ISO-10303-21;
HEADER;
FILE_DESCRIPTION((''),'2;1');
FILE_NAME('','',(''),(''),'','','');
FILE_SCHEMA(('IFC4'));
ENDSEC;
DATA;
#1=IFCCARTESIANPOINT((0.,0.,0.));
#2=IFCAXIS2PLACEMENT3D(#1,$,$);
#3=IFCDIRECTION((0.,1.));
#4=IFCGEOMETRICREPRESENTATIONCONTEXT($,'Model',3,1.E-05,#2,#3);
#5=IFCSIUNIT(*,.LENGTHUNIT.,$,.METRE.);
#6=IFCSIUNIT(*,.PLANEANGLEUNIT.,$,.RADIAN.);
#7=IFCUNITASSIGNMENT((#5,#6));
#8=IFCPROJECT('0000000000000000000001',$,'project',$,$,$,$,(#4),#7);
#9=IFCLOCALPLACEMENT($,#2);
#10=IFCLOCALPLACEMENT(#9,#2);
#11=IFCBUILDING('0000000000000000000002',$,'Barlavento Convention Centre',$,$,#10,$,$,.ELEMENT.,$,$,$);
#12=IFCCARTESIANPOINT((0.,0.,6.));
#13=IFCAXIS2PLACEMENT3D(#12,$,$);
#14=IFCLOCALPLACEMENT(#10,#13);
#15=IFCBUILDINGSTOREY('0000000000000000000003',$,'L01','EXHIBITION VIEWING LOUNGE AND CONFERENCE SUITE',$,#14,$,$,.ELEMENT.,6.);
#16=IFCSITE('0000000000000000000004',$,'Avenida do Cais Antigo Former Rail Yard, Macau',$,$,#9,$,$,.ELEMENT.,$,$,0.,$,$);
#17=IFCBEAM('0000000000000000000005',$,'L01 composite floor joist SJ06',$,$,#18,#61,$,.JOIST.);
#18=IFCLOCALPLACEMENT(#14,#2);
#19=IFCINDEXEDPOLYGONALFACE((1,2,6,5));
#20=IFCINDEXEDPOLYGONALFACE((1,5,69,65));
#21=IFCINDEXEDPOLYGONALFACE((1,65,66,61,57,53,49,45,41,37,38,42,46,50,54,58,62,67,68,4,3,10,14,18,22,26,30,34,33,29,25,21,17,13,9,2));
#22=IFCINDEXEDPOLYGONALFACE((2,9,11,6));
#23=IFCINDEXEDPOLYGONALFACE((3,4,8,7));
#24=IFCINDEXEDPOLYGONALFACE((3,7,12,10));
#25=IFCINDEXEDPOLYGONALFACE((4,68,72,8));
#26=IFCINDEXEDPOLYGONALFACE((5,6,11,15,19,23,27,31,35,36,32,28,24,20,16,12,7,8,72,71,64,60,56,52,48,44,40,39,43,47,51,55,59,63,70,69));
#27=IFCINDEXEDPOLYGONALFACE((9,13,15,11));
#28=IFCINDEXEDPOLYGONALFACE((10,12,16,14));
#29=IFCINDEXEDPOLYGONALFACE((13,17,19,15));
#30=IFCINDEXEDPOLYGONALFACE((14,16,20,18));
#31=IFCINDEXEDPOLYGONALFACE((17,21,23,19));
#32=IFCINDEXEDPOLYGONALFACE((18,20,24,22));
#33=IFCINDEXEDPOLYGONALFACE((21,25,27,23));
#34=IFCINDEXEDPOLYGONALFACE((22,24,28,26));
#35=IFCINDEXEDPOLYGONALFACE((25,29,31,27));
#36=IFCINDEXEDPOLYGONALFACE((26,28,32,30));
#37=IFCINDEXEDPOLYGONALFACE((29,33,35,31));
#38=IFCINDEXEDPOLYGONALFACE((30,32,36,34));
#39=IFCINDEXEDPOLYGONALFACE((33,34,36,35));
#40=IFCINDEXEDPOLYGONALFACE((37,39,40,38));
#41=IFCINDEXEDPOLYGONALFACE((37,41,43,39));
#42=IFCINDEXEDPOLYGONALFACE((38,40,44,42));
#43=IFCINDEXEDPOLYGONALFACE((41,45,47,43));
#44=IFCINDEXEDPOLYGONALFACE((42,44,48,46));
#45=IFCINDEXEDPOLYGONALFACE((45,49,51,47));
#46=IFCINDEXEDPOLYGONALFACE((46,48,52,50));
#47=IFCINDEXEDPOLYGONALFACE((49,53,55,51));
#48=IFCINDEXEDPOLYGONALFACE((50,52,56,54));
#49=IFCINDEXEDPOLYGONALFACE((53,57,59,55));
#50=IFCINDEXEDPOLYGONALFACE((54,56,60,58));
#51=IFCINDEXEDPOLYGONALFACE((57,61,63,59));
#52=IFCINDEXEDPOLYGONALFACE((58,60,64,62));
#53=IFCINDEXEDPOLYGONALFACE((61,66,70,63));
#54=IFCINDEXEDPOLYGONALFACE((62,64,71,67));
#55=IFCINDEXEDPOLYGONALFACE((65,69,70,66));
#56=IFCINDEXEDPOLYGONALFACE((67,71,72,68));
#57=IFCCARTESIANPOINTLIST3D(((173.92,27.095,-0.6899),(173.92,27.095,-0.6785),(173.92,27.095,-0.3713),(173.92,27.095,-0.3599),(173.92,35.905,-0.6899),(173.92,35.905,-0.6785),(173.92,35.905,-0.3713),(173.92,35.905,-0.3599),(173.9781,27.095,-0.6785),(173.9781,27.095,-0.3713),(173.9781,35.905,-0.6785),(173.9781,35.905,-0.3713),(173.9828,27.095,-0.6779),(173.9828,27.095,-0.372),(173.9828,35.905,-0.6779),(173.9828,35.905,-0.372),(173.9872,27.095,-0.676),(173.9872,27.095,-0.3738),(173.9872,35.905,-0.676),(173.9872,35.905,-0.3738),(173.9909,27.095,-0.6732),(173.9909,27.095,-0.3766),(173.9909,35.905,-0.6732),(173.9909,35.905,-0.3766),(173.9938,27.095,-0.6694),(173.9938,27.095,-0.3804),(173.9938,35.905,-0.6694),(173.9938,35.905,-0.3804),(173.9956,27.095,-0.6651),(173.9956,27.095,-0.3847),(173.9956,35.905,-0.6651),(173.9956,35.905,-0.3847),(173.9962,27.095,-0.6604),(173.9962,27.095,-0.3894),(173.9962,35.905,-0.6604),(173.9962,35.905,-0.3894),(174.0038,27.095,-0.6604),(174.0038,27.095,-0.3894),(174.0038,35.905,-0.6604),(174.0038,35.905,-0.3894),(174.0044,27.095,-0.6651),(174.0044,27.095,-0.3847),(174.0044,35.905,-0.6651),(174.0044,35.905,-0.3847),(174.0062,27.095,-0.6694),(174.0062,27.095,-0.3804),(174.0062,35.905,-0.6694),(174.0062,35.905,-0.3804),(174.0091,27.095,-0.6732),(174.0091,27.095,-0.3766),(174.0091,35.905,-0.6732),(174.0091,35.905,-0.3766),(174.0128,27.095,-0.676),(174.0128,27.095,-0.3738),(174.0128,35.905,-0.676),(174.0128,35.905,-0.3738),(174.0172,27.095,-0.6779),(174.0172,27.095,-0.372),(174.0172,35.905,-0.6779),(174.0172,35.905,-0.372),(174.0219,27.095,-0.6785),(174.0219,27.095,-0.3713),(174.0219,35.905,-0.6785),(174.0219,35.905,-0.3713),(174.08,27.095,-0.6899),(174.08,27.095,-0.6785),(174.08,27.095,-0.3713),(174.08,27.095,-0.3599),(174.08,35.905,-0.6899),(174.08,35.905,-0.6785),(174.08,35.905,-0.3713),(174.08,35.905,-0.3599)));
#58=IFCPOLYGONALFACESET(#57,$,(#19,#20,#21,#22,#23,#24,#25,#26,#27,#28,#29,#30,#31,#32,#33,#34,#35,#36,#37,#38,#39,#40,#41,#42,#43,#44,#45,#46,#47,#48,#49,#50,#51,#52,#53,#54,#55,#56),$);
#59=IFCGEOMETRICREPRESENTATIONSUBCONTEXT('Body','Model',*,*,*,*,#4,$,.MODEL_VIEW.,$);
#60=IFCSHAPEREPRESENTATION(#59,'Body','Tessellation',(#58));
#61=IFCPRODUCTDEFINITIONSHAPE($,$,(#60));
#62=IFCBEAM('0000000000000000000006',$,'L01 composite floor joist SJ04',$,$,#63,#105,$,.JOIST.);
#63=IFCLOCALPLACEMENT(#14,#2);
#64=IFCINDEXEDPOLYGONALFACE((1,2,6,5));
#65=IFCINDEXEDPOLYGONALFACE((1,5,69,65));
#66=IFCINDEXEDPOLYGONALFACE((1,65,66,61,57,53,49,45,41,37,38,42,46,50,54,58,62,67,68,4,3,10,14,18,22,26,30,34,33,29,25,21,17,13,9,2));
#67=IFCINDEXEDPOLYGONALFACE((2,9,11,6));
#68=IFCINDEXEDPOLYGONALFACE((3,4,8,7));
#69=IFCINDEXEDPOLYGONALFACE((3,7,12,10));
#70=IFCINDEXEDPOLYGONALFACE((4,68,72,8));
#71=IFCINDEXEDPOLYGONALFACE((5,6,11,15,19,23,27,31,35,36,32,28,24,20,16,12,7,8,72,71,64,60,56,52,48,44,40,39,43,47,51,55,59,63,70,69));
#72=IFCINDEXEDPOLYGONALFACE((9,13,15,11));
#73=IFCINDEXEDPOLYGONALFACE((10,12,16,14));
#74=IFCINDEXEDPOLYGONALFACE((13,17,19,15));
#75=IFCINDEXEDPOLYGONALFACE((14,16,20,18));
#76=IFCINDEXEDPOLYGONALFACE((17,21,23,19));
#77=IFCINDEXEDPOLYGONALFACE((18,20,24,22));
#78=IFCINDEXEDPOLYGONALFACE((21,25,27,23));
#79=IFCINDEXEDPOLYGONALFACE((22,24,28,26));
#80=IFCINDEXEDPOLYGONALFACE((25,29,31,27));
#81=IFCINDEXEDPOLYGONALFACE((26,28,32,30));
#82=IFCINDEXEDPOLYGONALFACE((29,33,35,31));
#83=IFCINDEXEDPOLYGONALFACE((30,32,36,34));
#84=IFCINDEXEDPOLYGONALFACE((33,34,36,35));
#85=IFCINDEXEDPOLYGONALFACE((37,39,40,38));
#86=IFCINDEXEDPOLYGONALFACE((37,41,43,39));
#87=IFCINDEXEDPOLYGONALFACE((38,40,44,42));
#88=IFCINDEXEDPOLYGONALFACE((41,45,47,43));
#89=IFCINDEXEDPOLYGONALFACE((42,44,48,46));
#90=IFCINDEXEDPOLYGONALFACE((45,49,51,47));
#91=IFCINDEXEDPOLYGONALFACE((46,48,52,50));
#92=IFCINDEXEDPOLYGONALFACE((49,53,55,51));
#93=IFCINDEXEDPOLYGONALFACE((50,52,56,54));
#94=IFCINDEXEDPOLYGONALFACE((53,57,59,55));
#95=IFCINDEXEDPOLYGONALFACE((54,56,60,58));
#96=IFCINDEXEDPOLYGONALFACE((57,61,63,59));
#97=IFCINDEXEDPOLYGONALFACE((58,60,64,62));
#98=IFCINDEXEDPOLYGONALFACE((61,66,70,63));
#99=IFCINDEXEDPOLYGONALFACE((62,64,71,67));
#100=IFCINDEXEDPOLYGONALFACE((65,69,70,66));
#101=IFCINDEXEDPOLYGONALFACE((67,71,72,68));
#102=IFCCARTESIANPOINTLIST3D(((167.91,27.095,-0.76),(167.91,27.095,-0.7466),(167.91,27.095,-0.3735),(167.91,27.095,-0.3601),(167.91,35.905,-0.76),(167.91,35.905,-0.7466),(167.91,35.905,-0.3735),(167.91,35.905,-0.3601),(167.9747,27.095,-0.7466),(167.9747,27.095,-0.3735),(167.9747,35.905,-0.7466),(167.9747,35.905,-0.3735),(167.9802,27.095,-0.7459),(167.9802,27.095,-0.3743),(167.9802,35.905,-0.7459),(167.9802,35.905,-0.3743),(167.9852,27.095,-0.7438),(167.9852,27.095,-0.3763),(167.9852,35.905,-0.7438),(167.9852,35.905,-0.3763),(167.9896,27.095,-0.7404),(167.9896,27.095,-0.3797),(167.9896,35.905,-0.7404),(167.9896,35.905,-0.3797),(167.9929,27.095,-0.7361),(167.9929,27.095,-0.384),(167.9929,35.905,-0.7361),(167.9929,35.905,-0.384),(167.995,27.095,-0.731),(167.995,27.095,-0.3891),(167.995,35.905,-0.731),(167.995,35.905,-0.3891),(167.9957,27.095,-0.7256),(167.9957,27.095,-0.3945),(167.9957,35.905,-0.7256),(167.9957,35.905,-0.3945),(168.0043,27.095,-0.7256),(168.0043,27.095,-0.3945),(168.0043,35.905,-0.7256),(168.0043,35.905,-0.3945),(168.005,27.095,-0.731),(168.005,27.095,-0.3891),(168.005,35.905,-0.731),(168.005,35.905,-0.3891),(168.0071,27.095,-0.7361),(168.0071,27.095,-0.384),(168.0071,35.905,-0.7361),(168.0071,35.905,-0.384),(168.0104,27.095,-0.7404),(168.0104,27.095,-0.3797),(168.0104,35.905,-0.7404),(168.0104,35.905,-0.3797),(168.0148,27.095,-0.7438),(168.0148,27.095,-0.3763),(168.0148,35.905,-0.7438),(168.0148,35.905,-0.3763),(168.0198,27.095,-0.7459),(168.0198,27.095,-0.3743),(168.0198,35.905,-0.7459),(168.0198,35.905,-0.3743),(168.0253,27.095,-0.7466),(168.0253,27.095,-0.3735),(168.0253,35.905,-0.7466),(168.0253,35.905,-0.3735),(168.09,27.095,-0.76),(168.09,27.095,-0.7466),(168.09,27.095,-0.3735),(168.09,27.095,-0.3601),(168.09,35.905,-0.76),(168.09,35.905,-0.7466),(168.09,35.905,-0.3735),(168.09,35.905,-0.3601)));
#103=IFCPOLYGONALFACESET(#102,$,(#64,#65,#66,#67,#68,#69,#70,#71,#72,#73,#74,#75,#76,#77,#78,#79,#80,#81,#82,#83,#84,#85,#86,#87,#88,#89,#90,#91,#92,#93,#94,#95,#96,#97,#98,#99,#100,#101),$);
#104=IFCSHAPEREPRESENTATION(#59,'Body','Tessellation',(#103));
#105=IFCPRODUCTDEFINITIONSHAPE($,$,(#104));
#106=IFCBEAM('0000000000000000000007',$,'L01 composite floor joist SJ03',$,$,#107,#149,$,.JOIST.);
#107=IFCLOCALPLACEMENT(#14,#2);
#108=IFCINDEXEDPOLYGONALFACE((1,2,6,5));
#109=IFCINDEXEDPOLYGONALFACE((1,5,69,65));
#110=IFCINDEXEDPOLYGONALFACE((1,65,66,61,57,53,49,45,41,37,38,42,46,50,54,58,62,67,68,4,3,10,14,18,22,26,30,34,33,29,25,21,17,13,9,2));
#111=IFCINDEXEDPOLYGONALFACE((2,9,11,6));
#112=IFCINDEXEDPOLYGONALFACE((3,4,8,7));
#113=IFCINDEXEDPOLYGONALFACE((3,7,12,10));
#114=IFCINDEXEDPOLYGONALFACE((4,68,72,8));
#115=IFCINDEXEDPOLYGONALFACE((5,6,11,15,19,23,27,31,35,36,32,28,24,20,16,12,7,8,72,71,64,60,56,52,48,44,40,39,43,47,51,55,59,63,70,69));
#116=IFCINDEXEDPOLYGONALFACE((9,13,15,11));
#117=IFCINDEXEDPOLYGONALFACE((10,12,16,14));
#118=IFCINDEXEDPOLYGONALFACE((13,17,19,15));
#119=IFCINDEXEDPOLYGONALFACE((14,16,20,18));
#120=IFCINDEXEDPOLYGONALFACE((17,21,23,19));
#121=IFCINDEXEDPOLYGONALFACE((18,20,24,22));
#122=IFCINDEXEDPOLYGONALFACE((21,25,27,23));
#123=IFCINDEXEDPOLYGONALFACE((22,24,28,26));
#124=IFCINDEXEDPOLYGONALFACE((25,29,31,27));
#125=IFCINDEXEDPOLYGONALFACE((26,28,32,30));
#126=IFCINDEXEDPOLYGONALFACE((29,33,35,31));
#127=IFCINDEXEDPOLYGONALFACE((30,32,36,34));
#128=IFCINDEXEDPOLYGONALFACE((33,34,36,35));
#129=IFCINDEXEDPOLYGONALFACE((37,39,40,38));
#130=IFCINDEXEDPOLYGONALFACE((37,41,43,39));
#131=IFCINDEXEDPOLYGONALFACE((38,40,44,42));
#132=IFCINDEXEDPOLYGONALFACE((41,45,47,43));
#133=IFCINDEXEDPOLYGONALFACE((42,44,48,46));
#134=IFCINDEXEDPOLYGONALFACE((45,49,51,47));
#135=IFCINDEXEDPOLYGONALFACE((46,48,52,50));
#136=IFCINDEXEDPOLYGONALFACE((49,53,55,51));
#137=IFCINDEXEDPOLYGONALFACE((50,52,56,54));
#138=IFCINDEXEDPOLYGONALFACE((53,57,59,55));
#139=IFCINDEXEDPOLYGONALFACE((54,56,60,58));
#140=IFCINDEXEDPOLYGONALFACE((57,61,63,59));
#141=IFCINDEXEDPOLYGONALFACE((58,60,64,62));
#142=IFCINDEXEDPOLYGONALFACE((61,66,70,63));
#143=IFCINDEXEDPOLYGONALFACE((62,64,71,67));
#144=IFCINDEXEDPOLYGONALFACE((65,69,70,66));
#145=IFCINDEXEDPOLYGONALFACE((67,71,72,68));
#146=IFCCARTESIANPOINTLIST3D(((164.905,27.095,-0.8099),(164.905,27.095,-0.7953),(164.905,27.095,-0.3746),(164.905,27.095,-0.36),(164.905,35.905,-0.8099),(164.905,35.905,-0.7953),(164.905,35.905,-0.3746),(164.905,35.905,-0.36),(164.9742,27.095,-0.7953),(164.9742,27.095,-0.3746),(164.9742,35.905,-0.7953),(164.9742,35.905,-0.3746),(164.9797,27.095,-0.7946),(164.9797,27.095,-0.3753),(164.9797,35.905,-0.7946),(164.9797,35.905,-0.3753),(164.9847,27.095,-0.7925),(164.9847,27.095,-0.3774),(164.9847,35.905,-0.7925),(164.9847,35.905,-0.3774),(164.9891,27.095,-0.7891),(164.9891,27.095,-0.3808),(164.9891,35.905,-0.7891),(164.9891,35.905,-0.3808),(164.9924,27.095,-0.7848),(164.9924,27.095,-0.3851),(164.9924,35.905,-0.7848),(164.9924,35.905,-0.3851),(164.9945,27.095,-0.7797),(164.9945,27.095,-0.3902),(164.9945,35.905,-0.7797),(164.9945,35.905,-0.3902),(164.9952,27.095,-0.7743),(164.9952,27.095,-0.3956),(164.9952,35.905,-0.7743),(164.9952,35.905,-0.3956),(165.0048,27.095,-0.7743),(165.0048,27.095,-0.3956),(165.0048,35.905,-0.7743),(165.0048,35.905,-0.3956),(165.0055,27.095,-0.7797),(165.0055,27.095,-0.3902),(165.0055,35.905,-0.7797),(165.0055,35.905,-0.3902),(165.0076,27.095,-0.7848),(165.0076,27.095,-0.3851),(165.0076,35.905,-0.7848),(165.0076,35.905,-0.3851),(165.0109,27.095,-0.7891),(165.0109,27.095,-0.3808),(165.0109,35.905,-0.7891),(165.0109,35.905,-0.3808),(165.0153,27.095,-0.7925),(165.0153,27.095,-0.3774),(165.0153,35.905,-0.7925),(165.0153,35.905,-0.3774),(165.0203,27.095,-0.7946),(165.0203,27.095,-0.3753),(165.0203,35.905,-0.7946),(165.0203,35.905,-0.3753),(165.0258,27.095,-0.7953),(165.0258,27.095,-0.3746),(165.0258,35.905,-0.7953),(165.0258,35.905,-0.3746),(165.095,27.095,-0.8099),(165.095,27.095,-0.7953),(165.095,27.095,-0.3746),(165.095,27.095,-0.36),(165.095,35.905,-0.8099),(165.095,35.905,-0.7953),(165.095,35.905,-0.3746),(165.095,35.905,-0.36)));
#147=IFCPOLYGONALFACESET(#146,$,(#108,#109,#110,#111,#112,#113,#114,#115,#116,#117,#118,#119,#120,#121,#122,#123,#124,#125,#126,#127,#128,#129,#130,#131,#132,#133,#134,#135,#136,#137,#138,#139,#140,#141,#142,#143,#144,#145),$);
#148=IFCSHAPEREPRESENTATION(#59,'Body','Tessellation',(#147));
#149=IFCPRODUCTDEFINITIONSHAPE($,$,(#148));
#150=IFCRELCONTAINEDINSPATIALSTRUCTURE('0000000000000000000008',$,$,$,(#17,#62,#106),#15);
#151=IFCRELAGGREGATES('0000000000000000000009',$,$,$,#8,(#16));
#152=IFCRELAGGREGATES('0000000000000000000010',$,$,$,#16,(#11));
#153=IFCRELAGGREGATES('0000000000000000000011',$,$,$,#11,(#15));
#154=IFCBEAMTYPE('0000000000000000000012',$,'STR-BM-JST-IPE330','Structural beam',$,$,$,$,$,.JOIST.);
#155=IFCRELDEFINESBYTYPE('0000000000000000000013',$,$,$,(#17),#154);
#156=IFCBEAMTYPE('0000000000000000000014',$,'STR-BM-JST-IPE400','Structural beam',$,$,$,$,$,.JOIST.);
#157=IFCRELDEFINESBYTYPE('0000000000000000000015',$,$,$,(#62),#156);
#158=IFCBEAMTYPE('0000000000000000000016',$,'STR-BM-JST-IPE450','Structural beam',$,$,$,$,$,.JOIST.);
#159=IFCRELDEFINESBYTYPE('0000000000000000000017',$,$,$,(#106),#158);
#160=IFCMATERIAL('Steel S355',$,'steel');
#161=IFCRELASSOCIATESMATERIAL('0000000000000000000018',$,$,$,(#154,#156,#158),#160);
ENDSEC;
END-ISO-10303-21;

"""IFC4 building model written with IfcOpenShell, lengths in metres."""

from ifc_helpers import new_model, si_unit, direction, frame, origin, origin_2d, place, context, subcontext, project, spatial, i_section, extrude, material, material_profile, profile_set, type_object, element, save


model = new_model("IFC4")

# Units and contexts
model_context = context("Model", 3, precision=1e-05, world=origin(), true_north=direction((0.0, 1.0)))
body_context = subcontext(model_context, "Body", "Model", "MODEL_VIEW")
ifc_project = project(units=[si_unit("LENGTHUNIT", "METRE"), si_unit("PLANEANGLEUNIT", "RADIAN")], contexts=[model_context])

# Site, building, storey
site_placement = place(None, origin())
site = spatial("IfcSite", under=ifc_project, at=site_placement, Name="Avenida do Cais Antigo Former Rail Yard, Macau", CompositionType="ELEMENT", RefElevation=0.0)
building_placement = place(site_placement, origin())
building = spatial("IfcBuilding", under=site, at=building_placement, Name="Barlavento Convention Centre", CompositionType="ELEMENT")
storey_placement = place(building_placement, frame((0.0, 0.0, 6.0)))
storey = spatial("IfcBuildingStorey", under=building, at=storey_placement, Name="L01", Description="EXHIBITION VIEWING LOUNGE AND CONFERENCE SUITE", CompositionType="ELEMENT", Elevation=6.0)

# Shared definitions
ifc_material_1 = material(Name="Steel S355", Category="steel")

# Beams
ifc_material_profile_1 = material_profile(ifc_material_1, i_section(OverallWidth=0.1599, OverallDepth=0.3301, WebThickness=0.0076, FlangeThickness=0.0115, FilletRadius=0.0181, at=origin_2d()), Name="IPE 330")
ifc_profile_set_1 = profile_set([ifc_material_profile_1], Name="Steel S355")
beam_type_1 = type_object("IfcBeamType", Name="STR-BM-JST-IPE330", Description="Structural beam", PredefinedType="JOIST", material=ifc_profile_set_1)
beam_1_placement = place(storey_placement, frame((174.0, 27.095, -0.5249), z_axis=(0.0, 1.0, 0.0), x_axis=(-1.0, 0.0, 0.0)))
element("IfcBeam", 1, at=beam_1_placement, inside=storey, type_object=beam_type_1, Name="L01 composite floor joist SJ06", PredefinedType="JOIST", context=body_context, shape_type="SweptSolid", body=[
    extrude(i_section(OverallWidth=0.1599, OverallDepth=0.3301, WebThickness=0.0076, FlangeThickness=0.0115, FilletRadius=0.0181, at=origin_2d()), origin(), (0.0, 0.0, 1.0), 8.8101),
])
ifc_material_profile_2 = material_profile(ifc_material_1, i_section(OverallWidth=0.1799, OverallDepth=0.3999, WebThickness=0.0085, FlangeThickness=0.0134, FilletRadius=0.021, at=origin_2d()), Name="IPE 400")
ifc_profile_set_2 = profile_set([ifc_material_profile_2], Name="Steel S355")
beam_type_2 = type_object("IfcBeamType", Name="STR-BM-JST-IPE400", Description="Structural beam", PredefinedType="JOIST", material=ifc_profile_set_2)
beam_2_placement = place(storey_placement, frame((168.0, 27.095, -0.5601), z_axis=(0.0, 1.0, 0.0), x_axis=(-1.0, 0.0, 0.0)))
element("IfcBeam", 2, at=beam_2_placement, inside=storey, type_object=beam_type_2, Name="L01 composite floor joist SJ04", PredefinedType="JOIST", context=body_context, shape_type="SweptSolid", body=[
    extrude(i_section(OverallWidth=0.1799, OverallDepth=0.3999, WebThickness=0.0085, FlangeThickness=0.0134, FilletRadius=0.021, at=origin_2d()), origin(), (0.0, 0.0, 1.0), 8.8101),
])
ifc_material_profile_3 = material_profile(ifc_material_1, i_section(OverallWidth=0.1899, OverallDepth=0.45, WebThickness=0.0095, FlangeThickness=0.0146, FilletRadius=0.021, at=origin_2d()), Name="IPE 450")
ifc_profile_set_3 = profile_set([ifc_material_profile_3], Name="Steel S355")
beam_type_3 = type_object("IfcBeamType", Name="STR-BM-JST-IPE450", Description="Structural beam", PredefinedType="JOIST", material=ifc_profile_set_3)
beam_3_placement = place(storey_placement, frame((165.0, 27.095, -0.585), z_axis=(0.0, 1.0, 0.0), x_axis=(-1.0, 0.0, 0.0)))
element("IfcBeam", 3, at=beam_3_placement, inside=storey, type_object=beam_type_3, Name="L01 composite floor joist SJ03", PredefinedType="JOIST", context=body_context, shape_type="SweptSolid", body=[
    extrude(i_section(OverallWidth=0.1899, OverallDepth=0.45, WebThickness=0.0095, FlangeThickness=0.0146, FilletRadius=0.021, at=origin_2d()), origin(), (0.0, 0.0, 1.0), 8.8101),
])

save(model, "model.ifc")
